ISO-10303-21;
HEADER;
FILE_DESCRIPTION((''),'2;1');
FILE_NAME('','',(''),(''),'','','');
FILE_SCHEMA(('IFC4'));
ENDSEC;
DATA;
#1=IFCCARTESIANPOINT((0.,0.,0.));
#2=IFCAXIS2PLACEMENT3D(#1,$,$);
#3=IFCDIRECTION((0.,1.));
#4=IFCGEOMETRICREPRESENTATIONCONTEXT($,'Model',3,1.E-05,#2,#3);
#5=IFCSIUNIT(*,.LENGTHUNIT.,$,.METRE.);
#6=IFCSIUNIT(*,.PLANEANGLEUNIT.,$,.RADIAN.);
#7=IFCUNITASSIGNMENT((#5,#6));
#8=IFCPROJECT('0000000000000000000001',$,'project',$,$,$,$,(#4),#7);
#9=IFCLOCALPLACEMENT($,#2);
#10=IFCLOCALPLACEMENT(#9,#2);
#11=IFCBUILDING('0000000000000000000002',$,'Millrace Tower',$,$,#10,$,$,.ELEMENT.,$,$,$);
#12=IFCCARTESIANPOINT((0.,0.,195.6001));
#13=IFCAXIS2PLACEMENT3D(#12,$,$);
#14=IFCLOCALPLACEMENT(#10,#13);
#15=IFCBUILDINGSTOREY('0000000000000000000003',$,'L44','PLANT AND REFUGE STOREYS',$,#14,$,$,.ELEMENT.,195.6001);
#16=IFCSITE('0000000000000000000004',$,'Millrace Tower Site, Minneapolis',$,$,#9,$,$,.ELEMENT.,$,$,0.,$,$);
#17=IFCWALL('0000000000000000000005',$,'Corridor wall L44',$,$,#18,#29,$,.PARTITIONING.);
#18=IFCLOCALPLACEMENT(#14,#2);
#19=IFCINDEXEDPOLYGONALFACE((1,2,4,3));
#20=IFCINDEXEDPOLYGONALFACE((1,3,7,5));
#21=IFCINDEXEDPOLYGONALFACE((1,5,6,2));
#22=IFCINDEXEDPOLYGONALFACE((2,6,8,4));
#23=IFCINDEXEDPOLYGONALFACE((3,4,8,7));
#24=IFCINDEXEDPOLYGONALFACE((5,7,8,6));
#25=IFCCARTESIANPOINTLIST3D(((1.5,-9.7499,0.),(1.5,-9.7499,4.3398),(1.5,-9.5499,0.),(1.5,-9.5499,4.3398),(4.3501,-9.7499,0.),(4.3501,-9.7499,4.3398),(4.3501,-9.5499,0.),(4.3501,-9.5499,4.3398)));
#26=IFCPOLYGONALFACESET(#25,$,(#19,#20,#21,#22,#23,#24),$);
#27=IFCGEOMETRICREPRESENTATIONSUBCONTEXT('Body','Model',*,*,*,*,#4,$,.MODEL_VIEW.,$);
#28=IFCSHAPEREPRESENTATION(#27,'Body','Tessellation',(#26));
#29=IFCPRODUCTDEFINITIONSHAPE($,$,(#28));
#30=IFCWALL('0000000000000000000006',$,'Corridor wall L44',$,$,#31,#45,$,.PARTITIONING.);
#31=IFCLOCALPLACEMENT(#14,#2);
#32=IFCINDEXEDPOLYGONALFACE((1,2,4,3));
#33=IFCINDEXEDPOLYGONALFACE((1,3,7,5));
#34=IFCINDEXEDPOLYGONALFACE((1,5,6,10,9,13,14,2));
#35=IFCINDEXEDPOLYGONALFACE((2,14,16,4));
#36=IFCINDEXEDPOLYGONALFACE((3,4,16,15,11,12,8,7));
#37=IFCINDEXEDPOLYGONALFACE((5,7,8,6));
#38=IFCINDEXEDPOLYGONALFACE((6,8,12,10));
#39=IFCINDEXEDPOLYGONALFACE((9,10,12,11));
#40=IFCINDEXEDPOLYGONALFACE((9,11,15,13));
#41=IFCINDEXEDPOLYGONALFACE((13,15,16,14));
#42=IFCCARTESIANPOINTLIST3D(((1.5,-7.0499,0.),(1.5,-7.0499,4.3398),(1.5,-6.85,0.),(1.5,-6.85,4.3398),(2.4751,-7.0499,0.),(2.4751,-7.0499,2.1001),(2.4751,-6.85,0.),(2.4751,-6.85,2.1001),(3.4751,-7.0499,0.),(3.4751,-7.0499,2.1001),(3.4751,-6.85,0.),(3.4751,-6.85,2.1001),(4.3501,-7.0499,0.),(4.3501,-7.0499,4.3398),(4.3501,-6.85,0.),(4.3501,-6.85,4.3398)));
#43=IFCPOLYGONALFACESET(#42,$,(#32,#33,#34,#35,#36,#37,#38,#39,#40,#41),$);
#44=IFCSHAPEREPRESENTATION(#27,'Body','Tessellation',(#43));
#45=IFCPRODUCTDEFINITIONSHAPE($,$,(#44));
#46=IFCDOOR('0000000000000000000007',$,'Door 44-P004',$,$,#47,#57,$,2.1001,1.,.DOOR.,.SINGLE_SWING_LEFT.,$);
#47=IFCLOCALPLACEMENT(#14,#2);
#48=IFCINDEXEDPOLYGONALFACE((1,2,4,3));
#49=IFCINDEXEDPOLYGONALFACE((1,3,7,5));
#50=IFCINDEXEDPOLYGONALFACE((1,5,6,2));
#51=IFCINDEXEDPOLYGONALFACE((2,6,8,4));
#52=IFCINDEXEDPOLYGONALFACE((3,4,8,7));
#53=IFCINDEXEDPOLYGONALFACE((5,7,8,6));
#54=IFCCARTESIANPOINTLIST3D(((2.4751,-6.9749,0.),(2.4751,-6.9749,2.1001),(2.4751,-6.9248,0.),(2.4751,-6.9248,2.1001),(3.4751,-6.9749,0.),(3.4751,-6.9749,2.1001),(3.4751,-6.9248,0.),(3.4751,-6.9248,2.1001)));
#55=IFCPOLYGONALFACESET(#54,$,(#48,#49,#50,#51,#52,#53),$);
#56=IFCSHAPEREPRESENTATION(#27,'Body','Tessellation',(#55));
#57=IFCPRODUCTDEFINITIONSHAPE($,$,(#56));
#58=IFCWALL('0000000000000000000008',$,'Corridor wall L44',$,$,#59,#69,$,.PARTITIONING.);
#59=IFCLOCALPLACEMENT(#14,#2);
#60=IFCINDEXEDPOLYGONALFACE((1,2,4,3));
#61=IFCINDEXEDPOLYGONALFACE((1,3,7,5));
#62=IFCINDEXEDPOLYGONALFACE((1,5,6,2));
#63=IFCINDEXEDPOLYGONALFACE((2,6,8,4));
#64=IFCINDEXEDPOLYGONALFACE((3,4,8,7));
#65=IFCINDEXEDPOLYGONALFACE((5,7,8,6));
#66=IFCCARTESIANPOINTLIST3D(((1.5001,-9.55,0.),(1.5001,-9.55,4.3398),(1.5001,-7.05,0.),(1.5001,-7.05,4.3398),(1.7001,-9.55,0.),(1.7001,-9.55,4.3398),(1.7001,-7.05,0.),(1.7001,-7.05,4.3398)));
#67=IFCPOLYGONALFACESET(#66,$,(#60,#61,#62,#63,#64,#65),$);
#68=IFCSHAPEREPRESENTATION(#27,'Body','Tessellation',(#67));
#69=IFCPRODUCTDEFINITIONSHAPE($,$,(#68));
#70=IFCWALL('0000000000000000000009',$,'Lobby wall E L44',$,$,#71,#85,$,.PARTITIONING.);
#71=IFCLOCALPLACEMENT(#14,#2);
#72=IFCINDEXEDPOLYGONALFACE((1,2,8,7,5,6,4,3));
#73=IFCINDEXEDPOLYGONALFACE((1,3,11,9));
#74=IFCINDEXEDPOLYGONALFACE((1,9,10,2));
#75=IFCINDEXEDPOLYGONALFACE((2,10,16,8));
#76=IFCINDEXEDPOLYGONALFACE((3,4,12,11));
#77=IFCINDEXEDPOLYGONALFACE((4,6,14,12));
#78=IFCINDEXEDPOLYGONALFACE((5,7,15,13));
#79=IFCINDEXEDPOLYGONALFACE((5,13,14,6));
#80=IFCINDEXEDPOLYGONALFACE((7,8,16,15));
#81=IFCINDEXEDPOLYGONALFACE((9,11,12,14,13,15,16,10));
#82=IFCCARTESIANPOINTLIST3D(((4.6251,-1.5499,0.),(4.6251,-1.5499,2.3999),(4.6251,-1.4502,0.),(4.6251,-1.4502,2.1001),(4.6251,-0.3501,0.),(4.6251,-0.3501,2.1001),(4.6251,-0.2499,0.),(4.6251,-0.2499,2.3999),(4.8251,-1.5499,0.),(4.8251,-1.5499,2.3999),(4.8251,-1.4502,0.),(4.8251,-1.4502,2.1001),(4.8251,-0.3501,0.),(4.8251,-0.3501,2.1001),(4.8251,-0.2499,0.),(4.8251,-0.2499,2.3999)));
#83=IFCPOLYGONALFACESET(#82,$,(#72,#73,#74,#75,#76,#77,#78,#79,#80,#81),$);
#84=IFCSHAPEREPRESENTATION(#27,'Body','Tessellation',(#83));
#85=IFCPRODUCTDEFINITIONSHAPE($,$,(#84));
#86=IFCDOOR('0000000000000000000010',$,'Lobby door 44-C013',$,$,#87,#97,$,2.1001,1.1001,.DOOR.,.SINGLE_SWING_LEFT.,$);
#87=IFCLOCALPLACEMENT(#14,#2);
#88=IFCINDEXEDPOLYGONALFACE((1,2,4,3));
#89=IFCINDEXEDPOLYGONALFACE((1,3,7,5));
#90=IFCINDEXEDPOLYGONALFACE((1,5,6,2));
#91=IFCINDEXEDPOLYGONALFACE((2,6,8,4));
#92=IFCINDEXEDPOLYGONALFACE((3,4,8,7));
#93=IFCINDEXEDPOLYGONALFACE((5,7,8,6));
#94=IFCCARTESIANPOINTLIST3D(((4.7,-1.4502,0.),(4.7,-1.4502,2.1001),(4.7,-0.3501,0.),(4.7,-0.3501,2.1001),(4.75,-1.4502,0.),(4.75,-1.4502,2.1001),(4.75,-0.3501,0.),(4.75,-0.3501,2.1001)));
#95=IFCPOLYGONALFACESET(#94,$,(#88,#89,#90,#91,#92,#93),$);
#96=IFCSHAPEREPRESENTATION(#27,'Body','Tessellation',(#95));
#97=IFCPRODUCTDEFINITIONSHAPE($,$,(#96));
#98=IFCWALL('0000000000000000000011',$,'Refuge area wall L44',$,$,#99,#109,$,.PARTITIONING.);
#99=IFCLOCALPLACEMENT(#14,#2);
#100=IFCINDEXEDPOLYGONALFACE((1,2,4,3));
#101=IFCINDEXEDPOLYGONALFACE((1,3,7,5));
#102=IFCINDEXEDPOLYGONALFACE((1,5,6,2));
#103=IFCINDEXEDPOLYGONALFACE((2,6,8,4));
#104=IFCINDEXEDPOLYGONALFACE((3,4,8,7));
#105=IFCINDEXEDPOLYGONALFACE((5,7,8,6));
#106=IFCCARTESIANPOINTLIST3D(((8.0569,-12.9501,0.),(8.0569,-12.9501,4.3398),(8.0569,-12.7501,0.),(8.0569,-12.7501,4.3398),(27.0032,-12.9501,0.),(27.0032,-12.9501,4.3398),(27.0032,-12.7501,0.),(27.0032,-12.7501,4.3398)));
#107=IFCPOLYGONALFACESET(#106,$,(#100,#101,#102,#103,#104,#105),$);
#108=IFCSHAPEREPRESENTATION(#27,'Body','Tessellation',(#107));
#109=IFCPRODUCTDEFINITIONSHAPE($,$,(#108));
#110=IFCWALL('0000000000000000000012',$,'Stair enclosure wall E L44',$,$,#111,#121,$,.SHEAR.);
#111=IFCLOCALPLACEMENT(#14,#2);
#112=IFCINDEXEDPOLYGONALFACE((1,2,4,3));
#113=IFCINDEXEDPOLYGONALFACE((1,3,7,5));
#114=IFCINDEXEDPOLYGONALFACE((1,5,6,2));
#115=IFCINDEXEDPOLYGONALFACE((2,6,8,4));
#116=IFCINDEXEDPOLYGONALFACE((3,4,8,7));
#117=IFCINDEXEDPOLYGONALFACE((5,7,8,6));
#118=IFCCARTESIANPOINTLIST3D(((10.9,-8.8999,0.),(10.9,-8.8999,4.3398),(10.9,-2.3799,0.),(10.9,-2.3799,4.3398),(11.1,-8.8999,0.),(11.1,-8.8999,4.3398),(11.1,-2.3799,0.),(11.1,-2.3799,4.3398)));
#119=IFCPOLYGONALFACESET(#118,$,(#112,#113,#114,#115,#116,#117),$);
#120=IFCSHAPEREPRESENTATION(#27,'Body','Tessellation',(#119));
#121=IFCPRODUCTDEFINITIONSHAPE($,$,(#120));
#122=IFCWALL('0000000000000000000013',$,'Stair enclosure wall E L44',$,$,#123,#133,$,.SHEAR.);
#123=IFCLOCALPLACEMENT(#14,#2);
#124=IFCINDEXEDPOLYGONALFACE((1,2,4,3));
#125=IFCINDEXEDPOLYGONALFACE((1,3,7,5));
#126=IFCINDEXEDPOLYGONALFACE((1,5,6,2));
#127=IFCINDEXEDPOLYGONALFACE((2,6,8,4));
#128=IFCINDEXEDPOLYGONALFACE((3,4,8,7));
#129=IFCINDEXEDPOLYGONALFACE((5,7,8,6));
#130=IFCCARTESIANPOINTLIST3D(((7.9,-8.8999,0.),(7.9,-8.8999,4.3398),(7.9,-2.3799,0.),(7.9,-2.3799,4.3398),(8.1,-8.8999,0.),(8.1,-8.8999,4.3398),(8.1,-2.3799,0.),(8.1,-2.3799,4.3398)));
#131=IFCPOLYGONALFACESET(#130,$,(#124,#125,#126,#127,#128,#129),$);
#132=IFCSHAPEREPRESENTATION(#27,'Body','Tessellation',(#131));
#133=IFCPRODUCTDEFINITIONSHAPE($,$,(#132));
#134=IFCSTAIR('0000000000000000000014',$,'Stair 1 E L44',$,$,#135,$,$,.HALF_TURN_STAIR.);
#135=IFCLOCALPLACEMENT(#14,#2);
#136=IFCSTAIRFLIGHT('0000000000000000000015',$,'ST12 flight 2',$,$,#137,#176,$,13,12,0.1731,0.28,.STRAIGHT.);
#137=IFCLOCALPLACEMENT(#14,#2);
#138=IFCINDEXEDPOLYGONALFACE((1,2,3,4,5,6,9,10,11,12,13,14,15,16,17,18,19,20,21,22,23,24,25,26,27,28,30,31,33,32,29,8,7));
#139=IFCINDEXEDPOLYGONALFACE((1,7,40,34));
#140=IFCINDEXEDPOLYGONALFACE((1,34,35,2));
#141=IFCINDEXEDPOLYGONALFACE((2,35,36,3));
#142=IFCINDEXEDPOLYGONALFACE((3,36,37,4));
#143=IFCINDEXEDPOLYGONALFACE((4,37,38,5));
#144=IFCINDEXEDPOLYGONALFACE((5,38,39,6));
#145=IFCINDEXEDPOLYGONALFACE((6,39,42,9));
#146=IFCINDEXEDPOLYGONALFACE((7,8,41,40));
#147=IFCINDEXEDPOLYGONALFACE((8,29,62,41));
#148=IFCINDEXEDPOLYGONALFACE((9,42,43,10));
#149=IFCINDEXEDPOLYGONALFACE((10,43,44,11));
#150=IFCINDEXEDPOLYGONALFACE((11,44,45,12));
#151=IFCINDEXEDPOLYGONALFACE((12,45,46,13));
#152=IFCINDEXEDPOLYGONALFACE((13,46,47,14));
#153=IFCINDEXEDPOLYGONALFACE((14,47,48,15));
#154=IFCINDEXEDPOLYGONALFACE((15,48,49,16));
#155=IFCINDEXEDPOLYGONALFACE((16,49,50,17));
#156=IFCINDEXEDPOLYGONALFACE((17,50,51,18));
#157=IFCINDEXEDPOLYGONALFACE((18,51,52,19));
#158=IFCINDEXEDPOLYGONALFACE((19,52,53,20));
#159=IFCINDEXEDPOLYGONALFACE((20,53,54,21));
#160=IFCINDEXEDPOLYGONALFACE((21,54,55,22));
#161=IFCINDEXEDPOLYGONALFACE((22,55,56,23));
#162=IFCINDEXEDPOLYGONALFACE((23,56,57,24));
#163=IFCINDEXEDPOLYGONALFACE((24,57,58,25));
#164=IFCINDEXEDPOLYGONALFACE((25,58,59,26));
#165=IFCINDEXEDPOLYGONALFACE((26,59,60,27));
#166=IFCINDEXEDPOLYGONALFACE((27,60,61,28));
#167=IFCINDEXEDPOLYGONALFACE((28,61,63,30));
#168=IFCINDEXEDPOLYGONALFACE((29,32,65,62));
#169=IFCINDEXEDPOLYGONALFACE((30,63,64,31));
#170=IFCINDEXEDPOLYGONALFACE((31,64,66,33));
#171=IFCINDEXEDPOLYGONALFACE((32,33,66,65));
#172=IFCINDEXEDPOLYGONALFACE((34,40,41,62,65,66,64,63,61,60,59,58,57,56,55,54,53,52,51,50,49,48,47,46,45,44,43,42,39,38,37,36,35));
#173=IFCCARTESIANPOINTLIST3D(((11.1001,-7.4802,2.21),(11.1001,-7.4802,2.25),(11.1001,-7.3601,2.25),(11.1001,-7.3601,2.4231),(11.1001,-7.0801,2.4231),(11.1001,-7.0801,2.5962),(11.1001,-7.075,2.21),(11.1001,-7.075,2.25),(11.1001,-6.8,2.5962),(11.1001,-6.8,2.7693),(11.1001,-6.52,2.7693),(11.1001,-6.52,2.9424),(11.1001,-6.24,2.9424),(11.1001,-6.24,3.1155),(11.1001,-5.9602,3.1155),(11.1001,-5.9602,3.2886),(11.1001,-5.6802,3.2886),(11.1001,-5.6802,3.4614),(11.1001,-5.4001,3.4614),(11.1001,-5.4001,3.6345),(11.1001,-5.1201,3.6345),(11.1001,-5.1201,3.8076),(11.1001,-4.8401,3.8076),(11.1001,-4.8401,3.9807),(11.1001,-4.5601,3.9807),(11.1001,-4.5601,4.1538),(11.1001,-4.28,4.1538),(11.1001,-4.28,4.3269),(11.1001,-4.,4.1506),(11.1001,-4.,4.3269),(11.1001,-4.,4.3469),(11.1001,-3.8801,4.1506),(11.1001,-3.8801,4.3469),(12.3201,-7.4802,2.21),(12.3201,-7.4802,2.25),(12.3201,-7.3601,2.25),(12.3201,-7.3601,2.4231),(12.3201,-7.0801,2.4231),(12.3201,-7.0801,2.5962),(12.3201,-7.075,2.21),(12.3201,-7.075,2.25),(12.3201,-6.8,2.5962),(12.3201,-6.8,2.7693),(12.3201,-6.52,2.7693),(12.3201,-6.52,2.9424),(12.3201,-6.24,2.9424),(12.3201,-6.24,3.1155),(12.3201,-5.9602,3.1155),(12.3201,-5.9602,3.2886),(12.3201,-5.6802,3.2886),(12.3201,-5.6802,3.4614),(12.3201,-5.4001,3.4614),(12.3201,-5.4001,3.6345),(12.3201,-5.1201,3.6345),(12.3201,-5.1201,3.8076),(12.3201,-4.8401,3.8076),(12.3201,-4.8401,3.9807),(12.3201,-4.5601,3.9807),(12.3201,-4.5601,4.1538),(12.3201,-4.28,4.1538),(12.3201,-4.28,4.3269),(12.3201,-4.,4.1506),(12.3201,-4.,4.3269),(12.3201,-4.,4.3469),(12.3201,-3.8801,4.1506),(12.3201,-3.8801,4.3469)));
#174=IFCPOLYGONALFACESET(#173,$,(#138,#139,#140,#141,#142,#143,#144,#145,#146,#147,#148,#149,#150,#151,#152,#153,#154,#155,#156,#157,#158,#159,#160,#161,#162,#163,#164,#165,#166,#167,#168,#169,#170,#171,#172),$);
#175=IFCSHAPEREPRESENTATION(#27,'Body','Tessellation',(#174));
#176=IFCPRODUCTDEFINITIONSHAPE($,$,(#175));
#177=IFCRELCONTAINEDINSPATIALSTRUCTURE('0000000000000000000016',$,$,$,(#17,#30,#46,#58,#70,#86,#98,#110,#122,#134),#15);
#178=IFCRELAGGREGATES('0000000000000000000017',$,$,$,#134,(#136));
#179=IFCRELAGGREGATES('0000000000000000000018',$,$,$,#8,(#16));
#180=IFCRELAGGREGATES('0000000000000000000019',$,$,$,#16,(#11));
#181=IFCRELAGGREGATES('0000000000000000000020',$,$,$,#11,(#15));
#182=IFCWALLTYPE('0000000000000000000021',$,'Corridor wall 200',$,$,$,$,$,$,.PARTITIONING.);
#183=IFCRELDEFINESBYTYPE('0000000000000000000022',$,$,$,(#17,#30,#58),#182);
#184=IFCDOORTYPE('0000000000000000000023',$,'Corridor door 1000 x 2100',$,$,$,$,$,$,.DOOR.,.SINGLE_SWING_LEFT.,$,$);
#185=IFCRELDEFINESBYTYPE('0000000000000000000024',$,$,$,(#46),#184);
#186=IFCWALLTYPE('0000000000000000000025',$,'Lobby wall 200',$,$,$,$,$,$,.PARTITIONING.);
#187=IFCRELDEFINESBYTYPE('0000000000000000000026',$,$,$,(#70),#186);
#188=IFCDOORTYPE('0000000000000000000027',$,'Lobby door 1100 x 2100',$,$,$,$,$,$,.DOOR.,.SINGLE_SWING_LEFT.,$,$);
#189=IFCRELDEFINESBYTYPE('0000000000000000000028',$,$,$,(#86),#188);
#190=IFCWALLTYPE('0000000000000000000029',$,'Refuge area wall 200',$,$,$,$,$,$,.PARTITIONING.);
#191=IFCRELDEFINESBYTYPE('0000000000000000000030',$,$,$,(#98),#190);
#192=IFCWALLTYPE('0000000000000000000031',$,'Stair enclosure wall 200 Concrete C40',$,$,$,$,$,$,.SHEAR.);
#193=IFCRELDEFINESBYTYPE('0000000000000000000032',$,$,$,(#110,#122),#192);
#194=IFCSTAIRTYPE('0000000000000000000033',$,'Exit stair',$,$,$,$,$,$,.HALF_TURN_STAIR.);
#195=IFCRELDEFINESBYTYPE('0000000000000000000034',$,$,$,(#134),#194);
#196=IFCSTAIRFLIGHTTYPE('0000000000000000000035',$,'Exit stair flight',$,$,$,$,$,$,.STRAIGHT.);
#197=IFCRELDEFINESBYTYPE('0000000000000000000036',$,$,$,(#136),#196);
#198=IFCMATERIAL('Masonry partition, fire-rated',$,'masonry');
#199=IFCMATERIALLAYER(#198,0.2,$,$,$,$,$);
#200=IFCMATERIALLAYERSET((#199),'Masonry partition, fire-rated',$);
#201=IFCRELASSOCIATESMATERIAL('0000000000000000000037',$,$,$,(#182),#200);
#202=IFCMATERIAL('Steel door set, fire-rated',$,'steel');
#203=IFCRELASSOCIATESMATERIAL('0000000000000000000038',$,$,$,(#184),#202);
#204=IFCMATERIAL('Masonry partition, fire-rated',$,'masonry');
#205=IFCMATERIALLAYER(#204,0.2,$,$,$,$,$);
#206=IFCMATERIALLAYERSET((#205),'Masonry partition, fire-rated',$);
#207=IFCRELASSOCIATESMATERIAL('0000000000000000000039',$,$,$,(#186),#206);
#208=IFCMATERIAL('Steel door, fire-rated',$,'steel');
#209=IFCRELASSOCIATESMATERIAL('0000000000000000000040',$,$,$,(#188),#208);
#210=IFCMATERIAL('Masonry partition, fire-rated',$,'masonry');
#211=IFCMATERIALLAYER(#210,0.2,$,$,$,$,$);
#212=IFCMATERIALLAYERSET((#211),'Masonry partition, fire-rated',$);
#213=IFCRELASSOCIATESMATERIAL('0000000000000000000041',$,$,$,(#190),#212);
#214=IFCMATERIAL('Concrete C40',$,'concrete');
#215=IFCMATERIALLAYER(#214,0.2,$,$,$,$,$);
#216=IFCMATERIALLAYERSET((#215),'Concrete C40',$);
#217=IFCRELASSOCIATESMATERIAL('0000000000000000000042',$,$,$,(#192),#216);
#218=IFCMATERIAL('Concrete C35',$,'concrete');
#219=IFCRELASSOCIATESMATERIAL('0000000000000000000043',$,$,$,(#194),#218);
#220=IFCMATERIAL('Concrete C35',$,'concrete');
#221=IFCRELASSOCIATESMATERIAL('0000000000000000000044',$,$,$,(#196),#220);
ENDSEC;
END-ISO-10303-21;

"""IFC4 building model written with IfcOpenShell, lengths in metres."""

from ifc_helpers import new_model, si_unit, direction, frame, frame_2d, origin, place, context, subcontext, project, spatial, polyline, rectangle, outline, extrude, material, layer, layer_set, type_object, element, fill, aggregate, save


model = new_model("IFC4")

# Units and contexts
model_context = context("Model", 3, precision=1e-05, world=origin(), true_north=direction((0.0, 1.0)))
body_context = subcontext(model_context, "Body", "Model", "MODEL_VIEW")
ifc_project = project(units=[si_unit("LENGTHUNIT", "METRE"), si_unit("PLANEANGLEUNIT", "RADIAN")], contexts=[model_context])

# Site, building, storey
site_placement = place(None, origin())
site = spatial("IfcSite", under=ifc_project, at=site_placement, Name="Millrace Tower Site, Minneapolis", CompositionType="ELEMENT", RefElevation=0.0)
building_placement = place(site_placement, origin())
building = spatial("IfcBuilding", under=site, at=building_placement, Name="Millrace Tower", CompositionType="ELEMENT")
storey_placement = place(building_placement, frame((0.0, 0.0, 195.6001)))
storey = spatial("IfcBuildingStorey", under=building, at=storey_placement, Name="L44", Description="PLANT AND REFUGE STOREYS", CompositionType="ELEMENT", Elevation=195.6001)

# Shared definitions
placement = place(storey_placement, origin())

# Wall
ifc_material_1 = material(Name="Masonry partition, fire-rated", Category="masonry")
ifc_layer_1 = layer(ifc_material_1, 0.2)
ifc_layer_set_1 = layer_set([ifc_layer_1], Name="Masonry partition, fire-rated")
wall_type_1 = type_object("IfcWallType", Name="Corridor wall 200", PredefinedType="PARTITIONING", material=ifc_layer_set_1)
wall_1_placement = place(storey_placement, frame((1.5, -9.6499, 0.0), z_axis=(0.0, 0.0, 1.0), x_axis=(1.0, 0.0, 0.0)))
element("IfcWall", 1, at=wall_1_placement, inside=storey, type_object=wall_type_1, Name="Corridor wall L44", PredefinedType="PARTITIONING", context=body_context, shape_type="SweptSolid", body=[
    extrude(rectangle(XDim=2.8501, YDim=0.2, at=frame_2d((1.425, 0.0))), origin(), (0.0, 0.0, 1.0), 4.3398),
])

# Wall, opening, door
wall_2_placement = place(storey_placement, frame((1.5, -6.95, 0.0), z_axis=(0.0, 0.0, 1.0), x_axis=(1.0, 0.0, 0.0)))
wall_2 = element("IfcWall", 2, at=wall_2_placement, inside=storey, type_object=wall_type_1, Name="Corridor wall L44", PredefinedType="PARTITIONING", context=body_context, shape_type="SweptSolid", body=[
    extrude(rectangle(XDim=2.8501, YDim=0.2, at=frame_2d((1.425, 0.0))), origin(), (0.0, 0.0, 1.0), 4.3398),
])
opening_1_placement = place(wall_2_placement, frame((0.9751, 0.0, 0.0)))
opening_1 = element("IfcOpeningElement", 3, at=opening_1_placement, cuts=wall_2, PredefinedType="OPENING", context=body_context, shape_type="SweptSolid", body=[
    extrude(rectangle(XDim=1.0, YDim=2.1001, at=frame_2d((0.5, 1.05))), frame((0.0, 0.1099, 0.0), z_axis=(0.0, -1.0, 0.0), x_axis=(1.0, 0.0, 0.0)), (0.0, 0.0, 1.0), 0.22),
])
ifc_material_2 = material(Name="Steel door set, fire-rated", Category="steel")
door_type_1 = type_object("IfcDoorType", Name="Corridor door 1000 x 2100", OperationType="SINGLE_SWING_LEFT", PredefinedType="DOOR", material=ifc_material_2)
door_1_placement = place(opening_1_placement, frame((1.0, 0.0, 0.0), z_axis=(0.0, 0.0, 1.0), x_axis=(-1.0, 0.0, 0.0)))
door_1 = element("IfcDoor", 4, at=door_1_placement, inside=storey, type_object=door_type_1, Name="Door 44-P004", OperationType="SINGLE_SWING_LEFT", OverallHeight=2.1001, OverallWidth=1.0, PredefinedType="DOOR", context=body_context, shape_type="SweptSolid", body=[
    extrude(rectangle(XDim=1.0, YDim=2.1001, at=frame_2d((0.5, 1.05))), frame((0.0, 0.0249, 0.0), z_axis=(0.0, -1.0, 0.0), x_axis=(1.0, 0.0, 0.0)), (0.0, 0.0, 1.0), 0.05),
])
fill(opening_1, door_1)

# Wall
wall_3_placement = place(storey_placement, frame((1.6001, -9.55, 0.0), z_axis=(0.0, 0.0, 1.0), x_axis=(0.0, 1.0, 0.0)))
element("IfcWall", 5, at=wall_3_placement, inside=storey, type_object=wall_type_1, Name="Corridor wall L44", PredefinedType="PARTITIONING", context=body_context, shape_type="SweptSolid", body=[
    extrude(rectangle(XDim=2.5, YDim=0.2, at=frame_2d((1.25, 0.0))), origin(), (0.0, 0.0, 1.0), 4.3398),
])

# Wall, opening, door
ifc_material_3 = material(Name="Masonry partition, fire-rated", Category="masonry")
ifc_layer_2 = layer(ifc_material_3, 0.2)
ifc_layer_set_2 = layer_set([ifc_layer_2], Name="Masonry partition, fire-rated")
wall_type_2 = type_object("IfcWallType", Name="Lobby wall 200", PredefinedType="PARTITIONING", material=ifc_layer_set_2)
wall_4_placement = place(storey_placement, frame((4.7251, -0.25, 0.0), z_axis=(0.0, 0.0, 1.0), x_axis=(0.0, -1.0, 0.0)))
wall_4 = element("IfcWall", 6, at=wall_4_placement, inside=storey, type_object=wall_type_2, Name="Lobby wall E L44", PredefinedType="PARTITIONING", context=body_context, shape_type="SweptSolid", body=[
    extrude(rectangle(XDim=1.3, YDim=0.2, at=frame_2d((0.6499, 0.0))), origin(), (0.0, 0.0, 1.0), 2.3999),
])
opening_2_placement = place(wall_4_placement, frame((0.1001, 0.0, 0.0)))
opening_2 = element("IfcOpeningElement", 7, at=opening_2_placement, cuts=wall_4, PredefinedType="OPENING", context=body_context, shape_type="SweptSolid", body=[
    extrude(rectangle(XDim=1.1001, YDim=2.1001, at=frame_2d((0.55, 1.05))), frame((0.0, 0.1099, 0.0), z_axis=(0.0, -1.0, 0.0), x_axis=(1.0, 0.0, 0.0)), (0.0, 0.0, 1.0), 0.22),
])
ifc_material_4 = material(Name="Steel door, fire-rated", Category="steel")
door_type_2 = type_object("IfcDoorType", Name="Lobby door 1100 x 2100", OperationType="SINGLE_SWING_LEFT", PredefinedType="DOOR", material=ifc_material_4)
door_2_placement = place(opening_2_placement, origin())
door_2 = element("IfcDoor", 8, at=door_2_placement, inside=storey, type_object=door_type_2, Name="Lobby door 44-C013", OperationType="SINGLE_SWING_LEFT", OverallHeight=2.1001, OverallWidth=1.1001, PredefinedType="DOOR", context=body_context, shape_type="SweptSolid", body=[
    extrude(rectangle(XDim=1.1001, YDim=2.1001, at=frame_2d((0.55, 1.05))), frame((0.0, 0.0249, 0.0), z_axis=(0.0, -1.0, 0.0), x_axis=(1.0, 0.0, 0.0)), (0.0, 0.0, 1.0), 0.05),
])
fill(opening_2, door_2)

# Walls
ifc_material_5 = material(Name="Masonry partition, fire-rated", Category="masonry")
ifc_layer_3 = layer(ifc_material_5, 0.2)
ifc_layer_set_3 = layer_set([ifc_layer_3], Name="Masonry partition, fire-rated")
wall_type_3 = type_object("IfcWallType", Name="Refuge area wall 200", PredefinedType="PARTITIONING", material=ifc_layer_set_3)
wall_5_placement = place(storey_placement, frame((8.0569, -12.8501, 0.0), z_axis=(0.0, 0.0, 1.0), x_axis=(1.0, 0.0, 0.0)))
element("IfcWall", 9, at=wall_5_placement, inside=storey, type_object=wall_type_3, Name="Refuge area wall L44", PredefinedType="PARTITIONING", context=body_context, shape_type="SweptSolid", body=[
    extrude(rectangle(XDim=18.9463, YDim=0.2, at=frame_2d((9.4731, 0.0))), origin(), (0.0, 0.0, 1.0), 4.3398),
])
ifc_material_6 = material(Name="Concrete C40", Category="concrete")
ifc_layer_4 = layer(ifc_material_6, 0.2)
ifc_layer_set_4 = layer_set([ifc_layer_4], Name="Concrete C40")
wall_type_4 = type_object("IfcWallType", Name="Stair enclosure wall 200 Concrete C40", PredefinedType="SHEAR", material=ifc_layer_set_4)
for number, where, z_axis, x_axis, name in (
    (10, (11.0, -2.3799, 0.0), (0.0, 0.0, 1.0), (0.0, -1.0, 0.0), "Stair enclosure wall E L44"),
    (11, (8.0, -2.3799, 0.0), (0.0, 0.0, 1.0), (0.0, -1.0, 0.0), "Stair enclosure wall E L44"),
):
    element("IfcWall", number, at=place(storey_placement, frame(where, z_axis=z_axis, x_axis=x_axis)), inside=storey, type_object=wall_type_4, Name=name, PredefinedType="SHEAR", context=body_context, shape_type="SweptSolid", body=[
        extrude(rectangle(XDim=6.52, YDim=0.2, at=frame_2d((3.26, 0.0))), origin(), (0.0, 0.0, 1.0), 4.3398),
    ])

# Stair, stair flight
ifc_material_7 = material(Name="Concrete C35", Category="concrete")
stair_type = type_object("IfcStairType", Name="Exit stair", PredefinedType="HALF_TURN_STAIR", material=ifc_material_7)
stair_1 = element("IfcStair", 12, at=placement, inside=storey, type_object=stair_type, Name="Stair 1 E L44", PredefinedType="HALF_TURN_STAIR")
ifc_material_8 = material(Name="Concrete C35", Category="concrete")
stair_flight_type = type_object("IfcStairFlightType", Name="Exit stair flight", PredefinedType="STRAIGHT", material=ifc_material_8)
stair_flight_1_placement = place(storey_placement, frame((11.71, -7.3601, 2.25), z_axis=(0.0, 0.0, 1.0), x_axis=(0.0, 1.0, 0.0)))
stair_flight_1 = element("IfcStairFlight", 13, at=stair_flight_1_placement, type_object=stair_flight_type, Name="ST12 flight 2", NumberOfRisers=13, NumberOfTreads=12, PredefinedType="STRAIGHT", RiserHeight=0.1731, TreadLength=0.28, context=body_context, shape_type="SweptSolid", body=[
    extrude(outline(polyline([(-0.1201, -0.04), (-0.1201, 0.0), (0.0, 0.0), (0.0, 0.1731), (0.28, 0.1731), (0.28, 0.3462), (0.5601, 0.3462), (0.5601, 0.5193), (0.8401, 0.5193), (0.8401, 0.6924), (1.1201, 0.6924), (1.1201, 0.8655), (1.3999, 0.8655), (1.3999, 1.0386), (1.6799, 1.0386), (1.6799, 1.2114), (1.96, 1.2114), (1.96, 1.3845), (2.24, 1.3845), (2.24, 1.5576), (2.52, 1.5576), (2.52, 1.7307), (2.8, 1.7307), (2.8, 1.9038), (3.0801, 1.9038), (3.0801, 2.0769), (3.3601, 2.0769), (3.3601, 2.0969), (3.48, 2.0969), (3.48, 1.9006), (3.3601, 1.9006), (0.2852, 0.0), (0.2852, -0.04), (-0.1201, -0.04)])), frame((0.0, 0.6099, 0.0), z_axis=(0.0, -1.0, 0.0), x_axis=(1.0, 0.0, 0.0)), (0.0, 0.0, 1.0), 1.22),
])
aggregate(stair_1, [stair_flight_1])

save(model, "model.ifc")
